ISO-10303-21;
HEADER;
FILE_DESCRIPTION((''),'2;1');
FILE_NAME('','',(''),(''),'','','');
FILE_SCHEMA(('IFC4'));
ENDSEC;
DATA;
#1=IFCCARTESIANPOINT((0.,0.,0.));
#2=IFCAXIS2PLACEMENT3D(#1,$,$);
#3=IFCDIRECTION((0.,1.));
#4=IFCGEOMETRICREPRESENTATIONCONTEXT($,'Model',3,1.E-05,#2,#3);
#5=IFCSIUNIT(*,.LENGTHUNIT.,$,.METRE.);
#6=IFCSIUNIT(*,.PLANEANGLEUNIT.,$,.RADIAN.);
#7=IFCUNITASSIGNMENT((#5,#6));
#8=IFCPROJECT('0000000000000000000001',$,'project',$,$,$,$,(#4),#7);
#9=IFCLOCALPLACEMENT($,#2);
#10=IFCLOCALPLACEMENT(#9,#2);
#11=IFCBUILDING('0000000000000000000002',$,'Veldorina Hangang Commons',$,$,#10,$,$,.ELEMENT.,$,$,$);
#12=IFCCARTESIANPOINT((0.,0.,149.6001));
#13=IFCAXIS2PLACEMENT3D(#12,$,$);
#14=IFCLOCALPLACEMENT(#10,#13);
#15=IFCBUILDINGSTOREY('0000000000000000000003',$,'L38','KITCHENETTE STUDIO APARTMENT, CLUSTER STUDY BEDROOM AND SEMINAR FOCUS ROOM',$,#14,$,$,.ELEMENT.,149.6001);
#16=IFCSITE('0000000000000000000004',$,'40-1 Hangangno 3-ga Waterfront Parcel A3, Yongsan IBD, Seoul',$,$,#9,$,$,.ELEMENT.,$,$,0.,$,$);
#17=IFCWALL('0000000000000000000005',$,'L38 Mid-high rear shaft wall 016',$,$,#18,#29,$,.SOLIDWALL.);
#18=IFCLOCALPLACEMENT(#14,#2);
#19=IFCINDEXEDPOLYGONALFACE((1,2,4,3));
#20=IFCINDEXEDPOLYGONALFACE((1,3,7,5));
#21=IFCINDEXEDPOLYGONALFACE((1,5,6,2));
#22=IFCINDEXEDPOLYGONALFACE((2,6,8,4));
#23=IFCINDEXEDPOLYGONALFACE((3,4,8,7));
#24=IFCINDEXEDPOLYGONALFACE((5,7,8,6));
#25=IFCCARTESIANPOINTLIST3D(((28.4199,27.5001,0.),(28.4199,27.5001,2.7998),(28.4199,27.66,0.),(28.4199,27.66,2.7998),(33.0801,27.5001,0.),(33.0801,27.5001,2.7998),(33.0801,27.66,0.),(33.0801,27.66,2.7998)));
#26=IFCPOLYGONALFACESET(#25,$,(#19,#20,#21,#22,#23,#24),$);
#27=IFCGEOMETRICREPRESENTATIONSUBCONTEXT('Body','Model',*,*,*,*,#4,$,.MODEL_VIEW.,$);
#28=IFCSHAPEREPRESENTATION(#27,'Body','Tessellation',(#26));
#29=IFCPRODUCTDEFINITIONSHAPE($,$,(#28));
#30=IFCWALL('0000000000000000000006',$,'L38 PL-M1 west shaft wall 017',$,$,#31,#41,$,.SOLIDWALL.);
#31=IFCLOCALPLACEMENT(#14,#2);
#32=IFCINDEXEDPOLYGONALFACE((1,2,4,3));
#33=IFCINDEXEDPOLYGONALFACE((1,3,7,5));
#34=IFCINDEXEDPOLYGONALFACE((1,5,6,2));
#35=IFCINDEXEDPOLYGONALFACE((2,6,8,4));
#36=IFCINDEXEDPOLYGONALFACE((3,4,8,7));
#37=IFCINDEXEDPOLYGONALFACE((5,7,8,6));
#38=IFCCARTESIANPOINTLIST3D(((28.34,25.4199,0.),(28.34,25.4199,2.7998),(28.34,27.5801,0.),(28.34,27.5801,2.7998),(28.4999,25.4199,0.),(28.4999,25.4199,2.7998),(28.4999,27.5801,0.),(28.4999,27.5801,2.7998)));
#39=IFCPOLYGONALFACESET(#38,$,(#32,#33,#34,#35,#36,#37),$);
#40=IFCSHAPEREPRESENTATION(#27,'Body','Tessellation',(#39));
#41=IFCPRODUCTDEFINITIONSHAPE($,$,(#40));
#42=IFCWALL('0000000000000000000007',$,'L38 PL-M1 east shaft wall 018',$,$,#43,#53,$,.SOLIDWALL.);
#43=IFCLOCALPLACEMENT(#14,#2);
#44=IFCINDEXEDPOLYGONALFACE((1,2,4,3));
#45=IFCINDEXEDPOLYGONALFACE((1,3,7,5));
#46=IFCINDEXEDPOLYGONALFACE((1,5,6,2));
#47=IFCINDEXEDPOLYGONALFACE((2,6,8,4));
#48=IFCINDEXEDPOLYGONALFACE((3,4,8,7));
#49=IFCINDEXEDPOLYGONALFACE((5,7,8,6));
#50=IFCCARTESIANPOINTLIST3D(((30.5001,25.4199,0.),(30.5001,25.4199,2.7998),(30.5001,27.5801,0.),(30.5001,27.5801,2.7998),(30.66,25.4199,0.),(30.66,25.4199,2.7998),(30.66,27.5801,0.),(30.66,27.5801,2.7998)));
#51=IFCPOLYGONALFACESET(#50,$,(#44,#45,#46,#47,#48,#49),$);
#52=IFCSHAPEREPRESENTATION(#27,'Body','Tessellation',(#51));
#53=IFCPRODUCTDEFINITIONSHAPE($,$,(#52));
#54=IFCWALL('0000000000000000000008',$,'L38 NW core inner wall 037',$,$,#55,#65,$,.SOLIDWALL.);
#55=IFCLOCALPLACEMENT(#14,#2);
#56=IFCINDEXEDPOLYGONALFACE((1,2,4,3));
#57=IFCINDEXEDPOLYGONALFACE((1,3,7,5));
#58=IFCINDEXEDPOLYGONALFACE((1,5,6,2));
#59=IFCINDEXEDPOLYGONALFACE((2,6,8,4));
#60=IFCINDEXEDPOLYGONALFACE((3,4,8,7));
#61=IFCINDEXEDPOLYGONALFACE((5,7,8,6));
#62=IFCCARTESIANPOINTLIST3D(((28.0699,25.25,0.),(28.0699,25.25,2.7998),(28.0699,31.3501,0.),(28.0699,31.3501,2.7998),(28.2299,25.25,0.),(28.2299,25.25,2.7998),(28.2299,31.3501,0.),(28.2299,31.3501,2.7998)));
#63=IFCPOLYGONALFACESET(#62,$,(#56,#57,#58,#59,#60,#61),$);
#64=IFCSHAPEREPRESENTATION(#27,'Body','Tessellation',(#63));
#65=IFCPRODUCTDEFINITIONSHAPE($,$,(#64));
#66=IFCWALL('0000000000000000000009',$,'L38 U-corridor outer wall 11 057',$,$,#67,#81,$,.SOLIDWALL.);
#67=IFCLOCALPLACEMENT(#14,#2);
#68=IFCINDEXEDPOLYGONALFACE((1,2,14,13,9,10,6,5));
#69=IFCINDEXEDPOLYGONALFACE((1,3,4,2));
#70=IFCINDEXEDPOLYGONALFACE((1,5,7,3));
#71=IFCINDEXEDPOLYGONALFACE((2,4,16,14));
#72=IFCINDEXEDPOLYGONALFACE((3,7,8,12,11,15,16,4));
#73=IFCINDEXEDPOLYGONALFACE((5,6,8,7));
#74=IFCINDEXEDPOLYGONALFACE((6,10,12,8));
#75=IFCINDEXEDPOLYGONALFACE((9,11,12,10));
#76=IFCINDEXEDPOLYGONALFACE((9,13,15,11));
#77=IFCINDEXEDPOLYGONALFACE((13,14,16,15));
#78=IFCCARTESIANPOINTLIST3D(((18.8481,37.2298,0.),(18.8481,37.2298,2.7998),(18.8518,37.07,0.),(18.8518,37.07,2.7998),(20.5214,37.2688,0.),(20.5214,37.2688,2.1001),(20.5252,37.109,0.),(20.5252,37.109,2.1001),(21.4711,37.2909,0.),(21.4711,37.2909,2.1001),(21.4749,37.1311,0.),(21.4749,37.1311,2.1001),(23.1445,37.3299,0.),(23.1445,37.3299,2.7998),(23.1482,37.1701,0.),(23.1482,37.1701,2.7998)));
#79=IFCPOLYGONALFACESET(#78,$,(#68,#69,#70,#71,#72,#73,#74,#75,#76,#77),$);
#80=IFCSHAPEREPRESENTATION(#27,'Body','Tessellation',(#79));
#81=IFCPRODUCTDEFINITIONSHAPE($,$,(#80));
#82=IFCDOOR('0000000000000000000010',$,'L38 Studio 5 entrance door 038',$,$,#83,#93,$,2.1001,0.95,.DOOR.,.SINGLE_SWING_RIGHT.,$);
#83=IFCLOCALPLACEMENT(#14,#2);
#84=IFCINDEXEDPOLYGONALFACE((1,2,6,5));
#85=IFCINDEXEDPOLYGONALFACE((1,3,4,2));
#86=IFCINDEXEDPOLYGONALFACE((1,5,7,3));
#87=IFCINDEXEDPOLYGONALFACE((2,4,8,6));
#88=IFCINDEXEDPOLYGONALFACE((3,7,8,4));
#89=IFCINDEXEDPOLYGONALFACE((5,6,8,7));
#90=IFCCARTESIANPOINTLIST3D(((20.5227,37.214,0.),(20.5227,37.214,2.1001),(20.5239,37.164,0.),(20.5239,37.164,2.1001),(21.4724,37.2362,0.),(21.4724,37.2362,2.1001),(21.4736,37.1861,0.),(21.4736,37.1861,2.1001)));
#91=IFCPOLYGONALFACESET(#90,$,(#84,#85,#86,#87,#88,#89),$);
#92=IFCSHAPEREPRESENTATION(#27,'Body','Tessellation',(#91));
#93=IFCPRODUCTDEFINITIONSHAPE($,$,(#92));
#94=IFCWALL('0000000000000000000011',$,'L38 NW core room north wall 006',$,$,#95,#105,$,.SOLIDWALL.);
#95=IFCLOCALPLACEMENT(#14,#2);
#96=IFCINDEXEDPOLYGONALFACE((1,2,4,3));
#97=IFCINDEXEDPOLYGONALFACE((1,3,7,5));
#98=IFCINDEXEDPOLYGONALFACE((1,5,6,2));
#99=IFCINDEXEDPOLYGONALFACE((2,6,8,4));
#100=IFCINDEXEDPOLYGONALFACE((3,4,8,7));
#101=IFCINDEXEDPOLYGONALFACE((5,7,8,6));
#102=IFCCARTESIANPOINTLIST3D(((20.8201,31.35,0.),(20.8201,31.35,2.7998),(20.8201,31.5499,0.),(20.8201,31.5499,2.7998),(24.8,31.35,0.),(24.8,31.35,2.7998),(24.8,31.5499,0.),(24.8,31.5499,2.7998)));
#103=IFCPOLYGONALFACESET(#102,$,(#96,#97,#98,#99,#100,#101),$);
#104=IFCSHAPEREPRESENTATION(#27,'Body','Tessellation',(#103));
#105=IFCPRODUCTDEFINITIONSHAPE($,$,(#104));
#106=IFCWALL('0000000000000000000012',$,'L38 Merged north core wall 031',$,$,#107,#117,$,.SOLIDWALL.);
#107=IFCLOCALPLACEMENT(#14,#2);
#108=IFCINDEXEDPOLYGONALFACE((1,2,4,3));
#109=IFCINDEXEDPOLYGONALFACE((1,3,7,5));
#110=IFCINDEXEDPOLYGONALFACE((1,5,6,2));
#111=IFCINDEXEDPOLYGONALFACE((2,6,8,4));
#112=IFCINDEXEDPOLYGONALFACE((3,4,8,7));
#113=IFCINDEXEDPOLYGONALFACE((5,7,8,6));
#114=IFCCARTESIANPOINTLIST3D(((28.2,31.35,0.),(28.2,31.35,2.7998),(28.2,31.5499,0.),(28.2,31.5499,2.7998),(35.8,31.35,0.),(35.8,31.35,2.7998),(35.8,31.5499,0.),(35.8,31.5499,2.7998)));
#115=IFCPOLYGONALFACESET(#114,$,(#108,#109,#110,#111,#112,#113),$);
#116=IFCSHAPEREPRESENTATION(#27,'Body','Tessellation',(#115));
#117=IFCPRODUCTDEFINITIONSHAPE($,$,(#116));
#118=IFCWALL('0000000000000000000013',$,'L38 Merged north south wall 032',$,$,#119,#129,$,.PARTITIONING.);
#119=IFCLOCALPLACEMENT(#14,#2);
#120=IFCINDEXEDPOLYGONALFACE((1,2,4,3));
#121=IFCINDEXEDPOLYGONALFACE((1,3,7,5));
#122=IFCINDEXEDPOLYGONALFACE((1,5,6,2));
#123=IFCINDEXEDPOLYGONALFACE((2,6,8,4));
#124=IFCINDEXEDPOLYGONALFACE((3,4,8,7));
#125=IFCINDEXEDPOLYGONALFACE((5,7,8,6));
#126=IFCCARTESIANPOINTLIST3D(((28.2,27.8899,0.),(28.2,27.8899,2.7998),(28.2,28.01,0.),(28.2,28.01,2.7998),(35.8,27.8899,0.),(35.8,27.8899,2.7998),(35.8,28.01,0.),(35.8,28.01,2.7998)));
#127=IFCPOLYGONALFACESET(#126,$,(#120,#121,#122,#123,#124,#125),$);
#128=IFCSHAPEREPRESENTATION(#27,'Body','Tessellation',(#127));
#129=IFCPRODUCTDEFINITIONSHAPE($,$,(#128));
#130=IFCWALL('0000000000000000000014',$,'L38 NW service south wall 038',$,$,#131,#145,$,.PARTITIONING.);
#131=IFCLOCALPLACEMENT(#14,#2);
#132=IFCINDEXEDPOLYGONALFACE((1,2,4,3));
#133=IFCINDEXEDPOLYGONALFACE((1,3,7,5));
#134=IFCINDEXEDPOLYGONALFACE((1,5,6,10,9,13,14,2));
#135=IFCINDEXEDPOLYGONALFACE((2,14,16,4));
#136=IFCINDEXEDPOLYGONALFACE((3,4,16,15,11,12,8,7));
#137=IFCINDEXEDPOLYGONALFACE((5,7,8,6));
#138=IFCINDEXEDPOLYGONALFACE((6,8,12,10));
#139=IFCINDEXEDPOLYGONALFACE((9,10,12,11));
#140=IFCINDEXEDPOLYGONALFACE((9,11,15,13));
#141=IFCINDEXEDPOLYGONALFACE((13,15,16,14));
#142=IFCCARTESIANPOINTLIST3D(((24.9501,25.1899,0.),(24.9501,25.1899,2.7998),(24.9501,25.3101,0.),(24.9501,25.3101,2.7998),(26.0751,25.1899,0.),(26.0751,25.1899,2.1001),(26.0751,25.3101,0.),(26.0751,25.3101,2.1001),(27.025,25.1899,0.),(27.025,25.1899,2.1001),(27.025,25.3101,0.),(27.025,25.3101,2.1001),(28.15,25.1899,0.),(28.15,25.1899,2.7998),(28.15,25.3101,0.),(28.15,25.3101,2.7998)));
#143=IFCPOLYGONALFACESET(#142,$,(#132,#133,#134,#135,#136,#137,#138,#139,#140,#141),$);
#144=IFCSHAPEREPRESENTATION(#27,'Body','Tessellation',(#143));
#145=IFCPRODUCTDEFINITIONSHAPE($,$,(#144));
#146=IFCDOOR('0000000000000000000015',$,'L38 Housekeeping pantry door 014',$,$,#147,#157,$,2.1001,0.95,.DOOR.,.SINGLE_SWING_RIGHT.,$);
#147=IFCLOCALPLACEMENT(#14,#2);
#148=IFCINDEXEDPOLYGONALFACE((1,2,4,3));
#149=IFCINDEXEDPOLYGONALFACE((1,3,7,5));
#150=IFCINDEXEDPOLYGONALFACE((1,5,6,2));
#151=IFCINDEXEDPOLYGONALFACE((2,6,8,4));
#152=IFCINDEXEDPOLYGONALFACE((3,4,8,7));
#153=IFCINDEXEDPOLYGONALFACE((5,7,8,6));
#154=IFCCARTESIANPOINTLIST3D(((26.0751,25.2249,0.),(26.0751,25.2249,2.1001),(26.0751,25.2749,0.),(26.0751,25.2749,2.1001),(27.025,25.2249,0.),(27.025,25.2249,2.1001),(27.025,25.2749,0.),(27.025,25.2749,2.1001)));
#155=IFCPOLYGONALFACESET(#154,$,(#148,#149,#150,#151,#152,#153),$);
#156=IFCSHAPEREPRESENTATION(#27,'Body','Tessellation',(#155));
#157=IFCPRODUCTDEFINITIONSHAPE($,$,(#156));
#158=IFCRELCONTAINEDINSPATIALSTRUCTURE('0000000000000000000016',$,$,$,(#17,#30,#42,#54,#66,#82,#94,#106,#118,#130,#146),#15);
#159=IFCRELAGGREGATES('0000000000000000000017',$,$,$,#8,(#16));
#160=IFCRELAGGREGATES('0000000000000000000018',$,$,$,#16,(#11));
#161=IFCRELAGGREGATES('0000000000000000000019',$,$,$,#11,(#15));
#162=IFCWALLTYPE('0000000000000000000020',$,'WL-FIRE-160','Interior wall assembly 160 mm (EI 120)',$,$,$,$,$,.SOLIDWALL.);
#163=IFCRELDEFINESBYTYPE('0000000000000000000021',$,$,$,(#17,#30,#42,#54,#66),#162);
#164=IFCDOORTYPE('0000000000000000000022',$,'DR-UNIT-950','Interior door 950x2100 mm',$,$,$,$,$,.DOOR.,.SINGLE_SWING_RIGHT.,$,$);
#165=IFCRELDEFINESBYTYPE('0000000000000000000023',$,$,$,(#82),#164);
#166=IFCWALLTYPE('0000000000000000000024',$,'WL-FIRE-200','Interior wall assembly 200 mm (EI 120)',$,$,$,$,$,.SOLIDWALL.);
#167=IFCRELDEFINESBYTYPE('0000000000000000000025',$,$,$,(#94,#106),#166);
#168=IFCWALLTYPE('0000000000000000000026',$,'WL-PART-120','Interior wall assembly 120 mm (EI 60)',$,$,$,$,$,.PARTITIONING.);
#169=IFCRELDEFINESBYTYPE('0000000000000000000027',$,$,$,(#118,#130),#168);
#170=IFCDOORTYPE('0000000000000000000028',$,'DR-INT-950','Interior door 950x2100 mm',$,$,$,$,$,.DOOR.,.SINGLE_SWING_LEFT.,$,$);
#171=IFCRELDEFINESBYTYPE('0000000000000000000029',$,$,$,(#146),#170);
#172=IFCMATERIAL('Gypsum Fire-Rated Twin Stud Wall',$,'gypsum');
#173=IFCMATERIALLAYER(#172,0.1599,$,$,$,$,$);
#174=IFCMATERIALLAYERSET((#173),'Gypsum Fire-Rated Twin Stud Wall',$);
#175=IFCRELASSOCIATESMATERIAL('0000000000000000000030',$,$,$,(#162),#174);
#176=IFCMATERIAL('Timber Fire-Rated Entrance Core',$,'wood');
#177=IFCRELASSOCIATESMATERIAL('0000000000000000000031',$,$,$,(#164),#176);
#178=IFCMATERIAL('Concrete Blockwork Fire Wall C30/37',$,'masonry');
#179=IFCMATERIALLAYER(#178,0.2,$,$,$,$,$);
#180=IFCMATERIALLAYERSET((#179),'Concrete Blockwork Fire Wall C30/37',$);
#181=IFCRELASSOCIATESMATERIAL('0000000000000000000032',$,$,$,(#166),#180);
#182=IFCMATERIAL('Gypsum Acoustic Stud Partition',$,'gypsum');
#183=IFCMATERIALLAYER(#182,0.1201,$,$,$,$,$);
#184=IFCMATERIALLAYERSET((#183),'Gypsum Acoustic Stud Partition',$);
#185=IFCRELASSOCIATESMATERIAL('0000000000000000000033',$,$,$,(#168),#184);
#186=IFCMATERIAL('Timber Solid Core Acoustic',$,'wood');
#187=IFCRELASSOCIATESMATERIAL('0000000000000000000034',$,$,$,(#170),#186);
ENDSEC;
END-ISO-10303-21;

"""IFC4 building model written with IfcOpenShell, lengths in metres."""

from ifc_helpers import new_model, si_unit, direction, frame, frame_2d, origin, place, context, subcontext, project, spatial, rectangle, extrude, material, layer, layer_set, type_object, element, fill, save


model = new_model("IFC4")

# Units and contexts
model_context = context("Model", 3, precision=1e-05, world=origin(), true_north=direction((0.0, 1.0)))
body_context = subcontext(model_context, "Body", "Model", "MODEL_VIEW")
ifc_project = project(units=[si_unit("LENGTHUNIT", "METRE"), si_unit("PLANEANGLEUNIT", "RADIAN")], contexts=[model_context])

# Site, building, storey
site_placement = place(None, origin())
site = spatial("IfcSite", under=ifc_project, at=site_placement, Name="40-1 Hangangno 3-ga Waterfront Parcel A3, Yongsan IBD, Seoul", CompositionType="ELEMENT", RefElevation=0.0)
building_placement = place(site_placement, origin())
building = spatial("IfcBuilding", under=site, at=building_placement, Name="Veldorina Hangang Commons", CompositionType="ELEMENT")
storey_placement = place(building_placement, frame((0.0, 0.0, 149.6001)))
storey = spatial("IfcBuildingStorey", under=building, at=storey_placement, Name="L38", Description="KITCHENETTE STUDIO APARTMENT, CLUSTER STUDY BEDROOM AND SEMINAR FOCUS ROOM", CompositionType="ELEMENT", Elevation=149.6001)

# Shared definitions
ifc_material_1 = material(Name="Gypsum Fire-Rated Twin Stud Wall", Category="gypsum")
ifc_layer_1 = layer(ifc_material_1, 0.1599)
ifc_layer_set_1 = layer_set([ifc_layer_1], Name="Gypsum Fire-Rated Twin Stud Wall")
wall_type_1 = type_object("IfcWallType", Name="WL-FIRE-160", Description="Interior wall assembly 160 mm (EI 120)", PredefinedType="SOLIDWALL", material=ifc_layer_set_1)

# Walls
wall_1_placement = place(storey_placement, frame((28.4199, 27.5801, 0.0), z_axis=(0.0, 0.0, 1.0), x_axis=(1.0, 0.0, 0.0)))
element("IfcWall", 1, at=wall_1_placement, inside=storey, type_object=wall_type_1, Name="L38 Mid-high rear shaft wall 016", PredefinedType="SOLIDWALL", context=body_context, shape_type="SweptSolid", body=[
    extrude(rectangle(XDim=4.6602, YDim=0.1599, at=frame_2d((2.3301, 0.0))), origin(), (0.0, 0.0, 1.0), 2.7998),
])
for number, where, z_axis, x_axis, name in (
    (2, (28.4199, 25.4199, 0.0), (0.0, 0.0, 1.0), (0.0, 1.0, 0.0), "L38 PL-M1 west shaft wall 017"),
    (3, (30.5801, 25.4199, 0.0), (0.0, 0.0, 1.0), (0.0, 1.0, 0.0), "L38 PL-M1 east shaft wall 018"),
):
    element("IfcWall", number, at=place(storey_placement, frame(where, z_axis=z_axis, x_axis=x_axis)), inside=storey, type_object=wall_type_1, Name=name, PredefinedType="SOLIDWALL", context=body_context, shape_type="SweptSolid", body=[
        extrude(rectangle(XDim=2.1602, YDim=0.1599, at=frame_2d((1.0801, 0.0))), origin(), (0.0, 0.0, 1.0), 2.7998),
    ])
wall_2_placement = place(storey_placement, frame((28.1499, 25.25, 0.0), z_axis=(0.0, 0.0, 1.0), x_axis=(0.0, 1.0, 0.0)))
element("IfcWall", 4, at=wall_2_placement, inside=storey, type_object=wall_type_1, Name="L38 NW core inner wall 037", PredefinedType="SOLIDWALL", context=body_context, shape_type="SweptSolid", body=[
    extrude(rectangle(XDim=6.1001, YDim=0.1599, at=frame_2d((3.05, 0.0))), origin(), (0.0, 0.0, 1.0), 2.7998),
])

# Wall, opening, door
wall_3_placement = place(storey_placement, frame((23.1465, 37.25, 0.0), z_axis=(0.0, 0.0, 1.0), x_axis=(-0.999729, -0.023292, 0.0)))
wall_3 = element("IfcWall", 5, at=wall_3_placement, inside=storey, type_object=wall_type_1, Name="L38 U-corridor outer wall 11 057", PredefinedType="SOLIDWALL", context=body_context, shape_type="SweptSolid", body=[
    extrude(rectangle(XDim=4.2976, YDim=0.1599, at=frame_2d((2.1489, 0.0))), origin(), (0.0, 0.0, 1.0), 2.7998),
])
opening_1_placement = place(wall_3_placement, frame((1.6738, 0.0, 0.0)))
opening_1 = element("IfcOpeningElement", 6, at=opening_1_placement, cuts=wall_3, PredefinedType="OPENING", context=body_context, shape_type="SweptSolid", body=[
    extrude(rectangle(XDim=0.95, YDim=2.1001, at=frame_2d((0.4751, 1.05))), frame((0.0, 0.0898, 0.0), z_axis=(0.0, -1.0, 0.0), x_axis=(1.0, 0.0, 0.0)), (0.0, 0.0, 1.0), 0.1799),
])
ifc_material_2 = material(Name="Timber Fire-Rated Entrance Core", Category="wood")
door_type_1 = type_object("IfcDoorType", Name="DR-UNIT-950", Description="Interior door 950x2100 mm", OperationType="SINGLE_SWING_RIGHT", PredefinedType="DOOR", material=ifc_material_2)
door_1_placement = place(opening_1_placement, origin())
door_1 = element("IfcDoor", 7, at=door_1_placement, inside=storey, type_object=door_type_1, Name="L38 Studio 5 entrance door 038", OperationType="SINGLE_SWING_RIGHT", OverallHeight=2.1001, OverallWidth=0.95, PredefinedType="DOOR", context=body_context, shape_type="SweptSolid", body=[
    extrude(rectangle(XDim=0.95, YDim=2.1001, at=frame_2d((0.4751, 1.05))), frame((0.0, 0.0249, 0.0), z_axis=(0.0, -1.0, 0.0), x_axis=(1.0, 0.0, 0.0)), (0.0, 0.0, 1.0), 0.05),
])
fill(opening_1, door_1)

# Walls
ifc_material_3 = material(Name="Concrete Blockwork Fire Wall C30/37", Category="masonry")
ifc_layer_2 = layer(ifc_material_3, 0.2)
ifc_layer_set_2 = layer_set([ifc_layer_2], Name="Concrete Blockwork Fire Wall C30/37")
wall_type_2 = type_object("IfcWallType", Name="WL-FIRE-200", Description="Interior wall assembly 200 mm (EI 120)", PredefinedType="SOLIDWALL", material=ifc_layer_set_2)
wall_4_placement = place(storey_placement, frame((20.8201, 31.45, 0.0), z_axis=(0.0, 0.0, 1.0), x_axis=(1.0, 0.0, 0.0)))
element("IfcWall", 8, at=wall_4_placement, inside=storey, type_object=wall_type_2, Name="L38 NW core room north wall 006", PredefinedType="SOLIDWALL", context=body_context, shape_type="SweptSolid", body=[
    extrude(rectangle(XDim=3.98, YDim=0.2, at=frame_2d((1.99, 0.0))), origin(), (0.0, 0.0, 1.0), 2.7998),
])
wall_5_placement = place(storey_placement, frame((28.2, 31.45, 0.0), z_axis=(0.0, 0.0, 1.0), x_axis=(1.0, 0.0, 0.0)))
element("IfcWall", 9, at=wall_5_placement, inside=storey, type_object=wall_type_2, Name="L38 Merged north core wall 031", PredefinedType="SOLIDWALL", context=body_context, shape_type="SweptSolid", body=[
    extrude(rectangle(XDim=7.6001, YDim=0.2, at=frame_2d((3.8, 0.0))), origin(), (0.0, 0.0, 1.0), 2.7998),
])
ifc_material_4 = material(Name="Gypsum Acoustic Stud Partition", Category="gypsum")
ifc_layer_3 = layer(ifc_material_4, 0.1201)
ifc_layer_set_3 = layer_set([ifc_layer_3], Name="Gypsum Acoustic Stud Partition")
wall_type_3 = type_object("IfcWallType", Name="WL-PART-120", Description="Interior wall assembly 120 mm (EI 60)", PredefinedType="PARTITIONING", material=ifc_layer_set_3)
wall_6_placement = place(storey_placement, frame((28.2, 27.95, 0.0), z_axis=(0.0, 0.0, 1.0), x_axis=(1.0, 0.0, 0.0)))
element("IfcWall", 10, at=wall_6_placement, inside=storey, type_object=wall_type_3, Name="L38 Merged north south wall 032", PredefinedType="PARTITIONING", context=body_context, shape_type="SweptSolid", body=[
    extrude(rectangle(XDim=7.6001, YDim=0.1201, at=frame_2d((3.8, 0.0))), origin(), (0.0, 0.0, 1.0), 2.7998),
])

# Wall, opening, door
wall_7_placement = place(storey_placement, frame((24.95, 25.25, 0.0), z_axis=(0.0, 0.0, 1.0), x_axis=(1.0, 0.0, 0.0)))
wall_7 = element("IfcWall", 11, at=wall_7_placement, inside=storey, type_object=wall_type_3, Name="L38 NW service south wall 038", PredefinedType="PARTITIONING", context=body_context, shape_type="SweptSolid", body=[
    extrude(rectangle(XDim=3.2, YDim=0.1201, at=frame_2d((1.6001, 0.0))), origin(), (0.0, 0.0, 1.0), 2.7998),
])
opening_2_placement = place(wall_7_placement, frame((1.125, 0.0, 0.0)))
opening_2 = element("IfcOpeningElement", 12, at=opening_2_placement, cuts=wall_7, PredefinedType="OPENING", context=body_context, shape_type="SweptSolid", body=[
    extrude(rectangle(XDim=0.95, YDim=2.1001, at=frame_2d((0.4751, 1.05))), frame((0.0, 0.0701, 0.0), z_axis=(0.0, -1.0, 0.0), x_axis=(1.0, 0.0, 0.0)), (0.0, 0.0, 1.0), 0.1401),
])
ifc_material_5 = material(Name="Timber Solid Core Acoustic", Category="wood")
door_type_2 = type_object("IfcDoorType", Name="DR-INT-950", Description="Interior door 950x2100 mm", OperationType="SINGLE_SWING_LEFT", PredefinedType="DOOR", material=ifc_material_5)
door_2_placement = place(opening_2_placement, origin())
door_2 = element("IfcDoor", 13, at=door_2_placement, inside=storey, type_object=door_type_2, Name="L38 Housekeeping pantry door 014", OperationType="SINGLE_SWING_RIGHT", OverallHeight=2.1001, OverallWidth=0.95, PredefinedType="DOOR", context=body_context, shape_type="SweptSolid", body=[
    extrude(rectangle(XDim=0.95, YDim=2.1001, at=frame_2d((0.4751, 1.05))), frame((0.0, 0.0249, 0.0), z_axis=(0.0, -1.0, 0.0), x_axis=(1.0, 0.0, 0.0)), (0.0, 0.0, 1.0), 0.05),
])
fill(opening_2, door_2)

save(model, "model.ifc")
